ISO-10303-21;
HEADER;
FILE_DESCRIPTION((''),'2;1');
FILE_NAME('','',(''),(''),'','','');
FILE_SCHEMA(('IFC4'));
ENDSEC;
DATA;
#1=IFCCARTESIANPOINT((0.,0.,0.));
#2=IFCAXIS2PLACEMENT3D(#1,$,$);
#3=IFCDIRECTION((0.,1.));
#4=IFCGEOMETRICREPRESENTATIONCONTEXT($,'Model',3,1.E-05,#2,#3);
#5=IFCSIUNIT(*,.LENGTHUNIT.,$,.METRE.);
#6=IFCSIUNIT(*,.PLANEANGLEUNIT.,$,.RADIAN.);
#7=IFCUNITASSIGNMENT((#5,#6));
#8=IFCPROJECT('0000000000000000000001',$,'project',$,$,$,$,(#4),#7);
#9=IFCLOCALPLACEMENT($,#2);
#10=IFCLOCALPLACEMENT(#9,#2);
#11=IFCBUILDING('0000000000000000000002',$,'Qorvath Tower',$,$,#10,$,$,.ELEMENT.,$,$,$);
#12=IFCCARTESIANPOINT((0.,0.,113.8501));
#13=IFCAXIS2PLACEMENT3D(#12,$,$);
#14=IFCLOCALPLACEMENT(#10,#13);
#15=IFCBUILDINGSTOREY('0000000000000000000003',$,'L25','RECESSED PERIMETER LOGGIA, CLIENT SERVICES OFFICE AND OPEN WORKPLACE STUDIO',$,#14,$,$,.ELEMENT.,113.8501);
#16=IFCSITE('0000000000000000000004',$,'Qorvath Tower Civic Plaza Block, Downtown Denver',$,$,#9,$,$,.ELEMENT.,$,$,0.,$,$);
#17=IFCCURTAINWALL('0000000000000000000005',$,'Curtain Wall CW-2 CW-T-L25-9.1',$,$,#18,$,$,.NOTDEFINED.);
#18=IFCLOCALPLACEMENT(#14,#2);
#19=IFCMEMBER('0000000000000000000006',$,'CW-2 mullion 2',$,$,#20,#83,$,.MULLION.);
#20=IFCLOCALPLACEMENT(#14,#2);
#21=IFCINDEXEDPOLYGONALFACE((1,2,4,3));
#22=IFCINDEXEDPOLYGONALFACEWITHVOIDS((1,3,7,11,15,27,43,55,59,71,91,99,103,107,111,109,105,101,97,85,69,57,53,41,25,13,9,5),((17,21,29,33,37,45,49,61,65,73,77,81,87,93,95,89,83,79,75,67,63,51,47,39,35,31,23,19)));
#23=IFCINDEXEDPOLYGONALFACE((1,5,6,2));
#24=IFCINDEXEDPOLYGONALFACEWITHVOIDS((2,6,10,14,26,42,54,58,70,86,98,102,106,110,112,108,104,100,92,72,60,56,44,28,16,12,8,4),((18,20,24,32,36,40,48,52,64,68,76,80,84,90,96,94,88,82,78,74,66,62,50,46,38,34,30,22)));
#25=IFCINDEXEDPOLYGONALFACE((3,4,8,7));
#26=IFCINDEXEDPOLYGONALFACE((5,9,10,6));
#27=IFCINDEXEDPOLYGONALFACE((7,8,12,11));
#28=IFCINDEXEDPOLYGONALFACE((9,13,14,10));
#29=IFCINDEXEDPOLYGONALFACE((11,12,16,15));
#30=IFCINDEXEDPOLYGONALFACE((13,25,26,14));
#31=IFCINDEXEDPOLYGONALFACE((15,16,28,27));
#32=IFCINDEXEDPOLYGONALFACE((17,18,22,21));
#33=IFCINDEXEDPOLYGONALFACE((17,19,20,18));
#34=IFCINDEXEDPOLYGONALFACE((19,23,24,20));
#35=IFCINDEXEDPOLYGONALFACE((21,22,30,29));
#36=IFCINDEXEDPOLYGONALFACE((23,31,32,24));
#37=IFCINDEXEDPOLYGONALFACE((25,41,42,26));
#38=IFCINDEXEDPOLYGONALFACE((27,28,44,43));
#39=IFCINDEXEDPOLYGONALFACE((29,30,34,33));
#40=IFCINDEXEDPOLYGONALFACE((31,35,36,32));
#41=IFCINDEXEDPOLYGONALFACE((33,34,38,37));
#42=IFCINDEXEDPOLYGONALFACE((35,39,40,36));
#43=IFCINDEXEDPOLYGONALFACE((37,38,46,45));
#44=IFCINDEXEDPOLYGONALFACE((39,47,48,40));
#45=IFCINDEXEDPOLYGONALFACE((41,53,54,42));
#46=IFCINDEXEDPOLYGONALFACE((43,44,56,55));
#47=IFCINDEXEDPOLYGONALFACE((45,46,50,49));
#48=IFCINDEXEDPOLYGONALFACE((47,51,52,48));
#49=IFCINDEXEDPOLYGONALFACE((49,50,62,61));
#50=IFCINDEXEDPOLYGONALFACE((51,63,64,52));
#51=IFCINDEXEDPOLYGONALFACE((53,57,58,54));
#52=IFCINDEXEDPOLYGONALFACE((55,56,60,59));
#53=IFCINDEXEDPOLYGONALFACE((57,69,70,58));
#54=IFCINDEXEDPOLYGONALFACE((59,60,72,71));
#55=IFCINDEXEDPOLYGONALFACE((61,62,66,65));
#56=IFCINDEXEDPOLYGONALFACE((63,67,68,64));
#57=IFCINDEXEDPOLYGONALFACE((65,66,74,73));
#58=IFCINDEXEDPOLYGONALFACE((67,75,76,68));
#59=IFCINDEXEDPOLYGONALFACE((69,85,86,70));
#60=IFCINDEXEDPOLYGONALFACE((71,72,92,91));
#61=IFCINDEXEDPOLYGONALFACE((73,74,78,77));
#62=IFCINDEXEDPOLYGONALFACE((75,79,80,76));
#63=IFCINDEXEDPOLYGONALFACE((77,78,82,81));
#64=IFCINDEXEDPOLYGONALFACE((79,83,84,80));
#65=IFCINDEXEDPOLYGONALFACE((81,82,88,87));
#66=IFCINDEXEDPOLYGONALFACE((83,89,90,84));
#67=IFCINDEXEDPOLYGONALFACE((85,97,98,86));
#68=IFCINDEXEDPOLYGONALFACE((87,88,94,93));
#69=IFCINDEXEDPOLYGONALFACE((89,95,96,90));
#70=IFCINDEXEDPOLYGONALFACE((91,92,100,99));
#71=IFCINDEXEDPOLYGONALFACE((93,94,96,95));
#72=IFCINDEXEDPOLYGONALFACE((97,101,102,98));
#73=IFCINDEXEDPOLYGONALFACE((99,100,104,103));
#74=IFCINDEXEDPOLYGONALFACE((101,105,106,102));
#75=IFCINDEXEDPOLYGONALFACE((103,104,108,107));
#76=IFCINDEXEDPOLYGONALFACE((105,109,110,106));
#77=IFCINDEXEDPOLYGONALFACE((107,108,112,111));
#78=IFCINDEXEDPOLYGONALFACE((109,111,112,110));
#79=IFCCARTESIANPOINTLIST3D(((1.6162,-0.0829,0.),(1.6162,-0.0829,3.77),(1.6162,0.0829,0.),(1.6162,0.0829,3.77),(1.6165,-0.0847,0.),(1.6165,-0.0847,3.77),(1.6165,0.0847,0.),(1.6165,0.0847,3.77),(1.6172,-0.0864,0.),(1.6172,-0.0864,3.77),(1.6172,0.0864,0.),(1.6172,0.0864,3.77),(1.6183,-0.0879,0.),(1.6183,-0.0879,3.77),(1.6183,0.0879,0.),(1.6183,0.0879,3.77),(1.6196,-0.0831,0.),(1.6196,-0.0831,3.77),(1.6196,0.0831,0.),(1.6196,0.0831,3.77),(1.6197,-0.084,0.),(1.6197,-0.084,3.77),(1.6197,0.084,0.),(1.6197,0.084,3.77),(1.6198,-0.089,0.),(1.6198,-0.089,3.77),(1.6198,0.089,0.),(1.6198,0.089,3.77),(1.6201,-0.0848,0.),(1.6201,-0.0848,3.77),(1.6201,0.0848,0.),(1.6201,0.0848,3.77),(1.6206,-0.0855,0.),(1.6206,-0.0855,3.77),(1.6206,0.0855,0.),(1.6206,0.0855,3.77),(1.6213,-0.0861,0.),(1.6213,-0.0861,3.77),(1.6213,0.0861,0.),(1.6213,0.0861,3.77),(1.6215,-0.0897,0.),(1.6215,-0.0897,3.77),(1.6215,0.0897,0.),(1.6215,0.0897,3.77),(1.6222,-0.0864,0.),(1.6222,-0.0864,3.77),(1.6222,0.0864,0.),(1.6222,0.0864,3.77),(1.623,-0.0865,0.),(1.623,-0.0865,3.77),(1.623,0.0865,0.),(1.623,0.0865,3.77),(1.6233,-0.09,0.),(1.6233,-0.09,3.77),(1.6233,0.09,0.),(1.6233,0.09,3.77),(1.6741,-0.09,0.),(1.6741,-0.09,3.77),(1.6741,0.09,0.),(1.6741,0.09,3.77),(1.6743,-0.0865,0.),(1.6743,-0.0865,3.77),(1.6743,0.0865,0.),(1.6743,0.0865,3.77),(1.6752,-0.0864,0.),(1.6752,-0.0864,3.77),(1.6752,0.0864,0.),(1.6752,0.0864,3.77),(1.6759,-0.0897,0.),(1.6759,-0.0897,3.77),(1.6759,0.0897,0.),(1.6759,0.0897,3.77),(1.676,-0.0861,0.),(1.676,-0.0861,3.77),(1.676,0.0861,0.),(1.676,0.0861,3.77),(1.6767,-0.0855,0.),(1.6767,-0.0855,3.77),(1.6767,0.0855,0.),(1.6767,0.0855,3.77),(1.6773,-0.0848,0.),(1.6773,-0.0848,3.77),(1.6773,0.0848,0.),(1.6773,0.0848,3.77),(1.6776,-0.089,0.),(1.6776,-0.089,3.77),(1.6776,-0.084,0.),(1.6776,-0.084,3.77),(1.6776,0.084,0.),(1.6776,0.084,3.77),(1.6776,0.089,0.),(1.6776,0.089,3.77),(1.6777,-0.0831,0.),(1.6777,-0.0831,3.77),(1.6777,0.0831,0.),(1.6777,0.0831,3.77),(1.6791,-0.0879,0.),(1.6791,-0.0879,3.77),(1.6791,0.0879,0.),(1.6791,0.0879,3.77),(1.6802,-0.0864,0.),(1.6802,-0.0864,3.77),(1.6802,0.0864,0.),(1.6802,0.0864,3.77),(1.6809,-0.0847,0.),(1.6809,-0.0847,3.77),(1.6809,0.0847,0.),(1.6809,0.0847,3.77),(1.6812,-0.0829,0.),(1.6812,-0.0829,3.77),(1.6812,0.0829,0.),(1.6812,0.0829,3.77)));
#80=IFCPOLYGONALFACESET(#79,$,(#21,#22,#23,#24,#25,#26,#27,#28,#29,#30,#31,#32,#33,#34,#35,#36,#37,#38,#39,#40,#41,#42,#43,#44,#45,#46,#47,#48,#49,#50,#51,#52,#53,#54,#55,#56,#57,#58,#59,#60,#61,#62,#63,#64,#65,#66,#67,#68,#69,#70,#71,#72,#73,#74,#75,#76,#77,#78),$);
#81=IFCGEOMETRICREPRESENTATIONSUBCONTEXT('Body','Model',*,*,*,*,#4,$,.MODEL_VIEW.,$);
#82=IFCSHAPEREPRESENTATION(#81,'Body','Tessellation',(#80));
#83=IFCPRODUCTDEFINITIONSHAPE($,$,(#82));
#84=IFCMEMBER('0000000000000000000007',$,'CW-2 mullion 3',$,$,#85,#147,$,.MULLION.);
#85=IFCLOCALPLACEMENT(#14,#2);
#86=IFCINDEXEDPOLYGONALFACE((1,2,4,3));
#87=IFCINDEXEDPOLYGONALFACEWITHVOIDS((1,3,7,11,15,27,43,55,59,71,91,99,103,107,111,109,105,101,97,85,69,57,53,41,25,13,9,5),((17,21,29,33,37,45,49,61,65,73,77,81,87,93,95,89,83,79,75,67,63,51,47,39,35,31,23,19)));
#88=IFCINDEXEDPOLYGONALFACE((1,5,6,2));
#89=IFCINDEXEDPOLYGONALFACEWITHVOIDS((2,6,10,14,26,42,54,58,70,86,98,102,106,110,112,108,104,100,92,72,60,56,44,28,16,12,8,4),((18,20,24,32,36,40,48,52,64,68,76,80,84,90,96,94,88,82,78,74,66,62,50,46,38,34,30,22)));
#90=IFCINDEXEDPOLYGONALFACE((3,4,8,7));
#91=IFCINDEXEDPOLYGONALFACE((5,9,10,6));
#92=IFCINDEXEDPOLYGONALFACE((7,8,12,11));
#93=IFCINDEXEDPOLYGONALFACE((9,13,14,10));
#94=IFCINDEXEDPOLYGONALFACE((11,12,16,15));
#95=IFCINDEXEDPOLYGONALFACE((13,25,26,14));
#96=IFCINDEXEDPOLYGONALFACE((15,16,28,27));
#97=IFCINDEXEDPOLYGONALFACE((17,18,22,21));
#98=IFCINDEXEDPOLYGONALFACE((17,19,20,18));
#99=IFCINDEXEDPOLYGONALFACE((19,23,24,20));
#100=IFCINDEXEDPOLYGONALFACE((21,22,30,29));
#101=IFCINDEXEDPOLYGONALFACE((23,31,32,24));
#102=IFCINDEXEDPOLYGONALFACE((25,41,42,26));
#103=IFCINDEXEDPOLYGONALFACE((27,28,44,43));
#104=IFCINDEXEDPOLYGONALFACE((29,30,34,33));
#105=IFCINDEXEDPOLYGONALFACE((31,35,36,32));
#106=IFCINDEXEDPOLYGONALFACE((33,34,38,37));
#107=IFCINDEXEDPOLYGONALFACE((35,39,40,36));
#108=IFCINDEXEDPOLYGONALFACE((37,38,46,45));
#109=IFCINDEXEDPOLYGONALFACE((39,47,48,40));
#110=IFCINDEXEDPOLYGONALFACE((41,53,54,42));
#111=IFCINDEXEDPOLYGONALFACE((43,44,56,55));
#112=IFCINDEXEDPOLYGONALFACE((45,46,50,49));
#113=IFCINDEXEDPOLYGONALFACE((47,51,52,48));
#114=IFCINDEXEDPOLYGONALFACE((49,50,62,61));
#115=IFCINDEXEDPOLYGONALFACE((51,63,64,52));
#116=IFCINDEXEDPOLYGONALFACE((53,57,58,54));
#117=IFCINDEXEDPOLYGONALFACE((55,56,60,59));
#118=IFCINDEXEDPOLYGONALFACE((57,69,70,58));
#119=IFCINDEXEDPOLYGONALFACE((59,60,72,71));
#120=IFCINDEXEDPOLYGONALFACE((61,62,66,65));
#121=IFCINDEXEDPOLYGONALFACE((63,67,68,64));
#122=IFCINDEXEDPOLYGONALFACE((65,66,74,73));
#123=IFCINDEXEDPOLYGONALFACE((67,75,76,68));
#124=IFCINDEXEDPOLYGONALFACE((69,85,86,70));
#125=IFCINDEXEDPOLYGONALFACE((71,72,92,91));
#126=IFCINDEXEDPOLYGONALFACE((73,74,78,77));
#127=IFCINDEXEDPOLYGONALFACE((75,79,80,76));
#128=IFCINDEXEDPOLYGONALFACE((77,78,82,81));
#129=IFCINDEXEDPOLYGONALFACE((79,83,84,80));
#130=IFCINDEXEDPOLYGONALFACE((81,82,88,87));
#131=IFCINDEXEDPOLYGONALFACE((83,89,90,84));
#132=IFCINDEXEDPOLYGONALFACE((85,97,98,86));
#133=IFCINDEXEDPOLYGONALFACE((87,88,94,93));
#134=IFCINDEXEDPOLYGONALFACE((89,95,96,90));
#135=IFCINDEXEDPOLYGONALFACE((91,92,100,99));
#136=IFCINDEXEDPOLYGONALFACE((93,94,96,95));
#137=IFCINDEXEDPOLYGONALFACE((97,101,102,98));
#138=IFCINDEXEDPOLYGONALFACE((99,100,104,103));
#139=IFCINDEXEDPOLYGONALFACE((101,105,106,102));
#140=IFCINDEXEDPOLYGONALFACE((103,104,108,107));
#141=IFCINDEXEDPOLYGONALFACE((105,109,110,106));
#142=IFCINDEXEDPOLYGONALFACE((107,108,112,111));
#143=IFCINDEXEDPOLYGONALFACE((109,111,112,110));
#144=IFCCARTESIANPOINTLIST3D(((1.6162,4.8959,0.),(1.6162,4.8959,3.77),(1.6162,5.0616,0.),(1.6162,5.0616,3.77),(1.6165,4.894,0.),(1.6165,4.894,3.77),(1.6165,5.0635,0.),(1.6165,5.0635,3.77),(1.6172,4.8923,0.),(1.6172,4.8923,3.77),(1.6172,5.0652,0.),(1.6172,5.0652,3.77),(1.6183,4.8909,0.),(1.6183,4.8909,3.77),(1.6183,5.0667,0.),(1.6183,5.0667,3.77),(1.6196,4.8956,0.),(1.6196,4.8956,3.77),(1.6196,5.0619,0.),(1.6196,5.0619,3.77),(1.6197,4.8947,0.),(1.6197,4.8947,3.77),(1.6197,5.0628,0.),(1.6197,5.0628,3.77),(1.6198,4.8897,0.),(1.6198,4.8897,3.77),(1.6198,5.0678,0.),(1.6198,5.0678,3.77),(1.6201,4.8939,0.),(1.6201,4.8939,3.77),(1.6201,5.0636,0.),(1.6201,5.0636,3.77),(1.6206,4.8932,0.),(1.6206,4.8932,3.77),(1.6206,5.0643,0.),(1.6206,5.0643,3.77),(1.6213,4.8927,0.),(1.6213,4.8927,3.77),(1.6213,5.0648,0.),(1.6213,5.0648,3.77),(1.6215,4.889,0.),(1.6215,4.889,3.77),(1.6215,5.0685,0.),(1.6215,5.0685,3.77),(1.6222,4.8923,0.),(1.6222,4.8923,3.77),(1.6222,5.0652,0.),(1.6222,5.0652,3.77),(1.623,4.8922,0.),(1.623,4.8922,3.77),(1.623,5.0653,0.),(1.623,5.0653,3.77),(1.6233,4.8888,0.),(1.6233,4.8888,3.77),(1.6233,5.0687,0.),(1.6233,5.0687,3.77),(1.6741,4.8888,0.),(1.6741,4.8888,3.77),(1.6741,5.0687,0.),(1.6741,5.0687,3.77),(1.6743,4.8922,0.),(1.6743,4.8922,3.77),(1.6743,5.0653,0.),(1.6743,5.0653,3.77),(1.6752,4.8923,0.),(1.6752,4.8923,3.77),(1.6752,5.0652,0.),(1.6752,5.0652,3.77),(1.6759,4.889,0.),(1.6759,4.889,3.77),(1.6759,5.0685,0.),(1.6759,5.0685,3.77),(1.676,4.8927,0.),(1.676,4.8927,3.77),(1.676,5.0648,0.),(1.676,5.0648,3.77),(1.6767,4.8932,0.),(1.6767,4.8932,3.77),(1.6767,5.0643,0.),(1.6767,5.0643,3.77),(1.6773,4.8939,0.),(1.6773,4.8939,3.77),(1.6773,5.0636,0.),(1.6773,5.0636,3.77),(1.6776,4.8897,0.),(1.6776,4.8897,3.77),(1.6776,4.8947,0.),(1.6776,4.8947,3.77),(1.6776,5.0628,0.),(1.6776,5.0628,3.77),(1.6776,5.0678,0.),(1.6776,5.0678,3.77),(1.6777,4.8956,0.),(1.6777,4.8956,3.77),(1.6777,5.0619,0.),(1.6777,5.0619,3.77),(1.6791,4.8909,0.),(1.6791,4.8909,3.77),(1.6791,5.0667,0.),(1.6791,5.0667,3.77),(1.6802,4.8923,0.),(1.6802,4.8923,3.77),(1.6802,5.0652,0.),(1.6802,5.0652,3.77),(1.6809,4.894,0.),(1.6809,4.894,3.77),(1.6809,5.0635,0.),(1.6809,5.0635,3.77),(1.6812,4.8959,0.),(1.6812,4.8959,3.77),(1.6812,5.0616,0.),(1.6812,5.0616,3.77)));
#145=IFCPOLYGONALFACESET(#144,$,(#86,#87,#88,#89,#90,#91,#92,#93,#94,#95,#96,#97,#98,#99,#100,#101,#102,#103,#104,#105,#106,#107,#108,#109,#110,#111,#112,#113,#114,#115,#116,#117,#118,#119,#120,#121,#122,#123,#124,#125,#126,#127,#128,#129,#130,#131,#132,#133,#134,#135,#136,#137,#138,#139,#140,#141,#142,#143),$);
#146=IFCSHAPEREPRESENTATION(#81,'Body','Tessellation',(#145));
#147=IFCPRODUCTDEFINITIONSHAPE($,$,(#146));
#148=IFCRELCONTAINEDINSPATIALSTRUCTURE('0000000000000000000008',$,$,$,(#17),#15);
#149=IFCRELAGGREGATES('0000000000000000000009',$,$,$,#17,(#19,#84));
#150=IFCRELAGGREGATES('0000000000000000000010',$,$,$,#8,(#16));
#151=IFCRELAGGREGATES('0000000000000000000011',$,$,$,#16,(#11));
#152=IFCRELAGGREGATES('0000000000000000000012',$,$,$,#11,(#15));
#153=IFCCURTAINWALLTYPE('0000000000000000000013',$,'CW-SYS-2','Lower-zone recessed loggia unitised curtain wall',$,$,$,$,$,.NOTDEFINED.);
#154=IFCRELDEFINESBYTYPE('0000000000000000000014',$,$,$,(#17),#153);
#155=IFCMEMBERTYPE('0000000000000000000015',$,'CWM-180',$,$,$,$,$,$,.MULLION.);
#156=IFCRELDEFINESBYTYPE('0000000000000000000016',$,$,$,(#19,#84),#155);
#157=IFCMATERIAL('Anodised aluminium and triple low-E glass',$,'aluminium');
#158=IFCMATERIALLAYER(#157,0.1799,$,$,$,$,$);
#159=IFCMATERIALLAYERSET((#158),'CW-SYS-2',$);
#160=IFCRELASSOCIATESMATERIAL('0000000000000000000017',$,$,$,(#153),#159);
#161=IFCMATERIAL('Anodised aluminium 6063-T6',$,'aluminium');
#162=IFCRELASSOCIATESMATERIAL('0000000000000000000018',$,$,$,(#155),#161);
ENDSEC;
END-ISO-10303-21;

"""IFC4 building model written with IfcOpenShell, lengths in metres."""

from ifc_helpers import new_model, si_unit, direction, frame, origin, origin_2d, place, context, subcontext, project, spatial, hollow_rectangle, extrude, material, layer, layer_set, material_profile, profile_set, type_object, element, aggregate, save


model = new_model("IFC4")

# Units and contexts
model_context = context("Model", 3, precision=1e-05, world=origin(), true_north=direction((0.0, 1.0)))
body_context = subcontext(model_context, "Body", "Model", "MODEL_VIEW")
ifc_project = project(units=[si_unit("LENGTHUNIT", "METRE"), si_unit("PLANEANGLEUNIT", "RADIAN")], contexts=[model_context])

# Site, building, storey
site_placement = place(None, origin())
site = spatial("IfcSite", under=ifc_project, at=site_placement, Name="Qorvath Tower Civic Plaza Block, Downtown Denver", CompositionType="ELEMENT", RefElevation=0.0)
building_placement = place(site_placement, origin())
building = spatial("IfcBuilding", under=site, at=building_placement, Name="Qorvath Tower", CompositionType="ELEMENT")
storey_placement = place(building_placement, frame((0.0, 0.0, 113.8501)))
storey = spatial("IfcBuildingStorey", under=building, at=storey_placement, Name="L25", Description="RECESSED PERIMETER LOGGIA, CLIENT SERVICES OFFICE AND OPEN WORKPLACE STUDIO", CompositionType="ELEMENT", Elevation=113.8501)

# Curtain wall, members
ifc_material_1 = material(Name="Anodised aluminium and triple low-E glass", Category="aluminium")
ifc_layer_1 = layer(ifc_material_1, 0.1799)
ifc_layer_set_1 = layer_set([ifc_layer_1], Name="CW-SYS-2")
curtain_wall_type = type_object("IfcCurtainWallType", Name="CW-SYS-2", Description="Lower-zone recessed loggia unitised curtain wall", PredefinedType="NOTDEFINED", material=ifc_layer_set_1)
curtain_wall_placement = place(storey_placement, origin())
curtain_wall = element("IfcCurtainWall", 1, at=curtain_wall_placement, inside=storey, type_object=curtain_wall_type, Name="Curtain Wall CW-2 CW-T-L25-9.1", PredefinedType="NOTDEFINED")
ifc_material_2 = material(Name="Anodised aluminium 6063-T6", Category="aluminium")
ifc_material_profile_1 = material_profile(ifc_material_2, hollow_rectangle(XDim=0.0649, YDim=0.1799, WallThickness=0.0034, InnerFilletRadius=0.0034, OuterFilletRadius=0.0071, at=origin_2d()), Name="CWM 180x65")
ifc_profile_set_1 = profile_set([ifc_material_profile_1], Name="Anodised aluminium 6063-T6")
member_type_1 = type_object("IfcMemberType", Name="CWM-180", PredefinedType="MULLION", material=ifc_profile_set_1)
member_1_placement = place(storey_placement, frame((1.6487, 0.0, 0.0), z_axis=(0.0, 0.0, 1.0), x_axis=(-1.0, 0.0, 0.0)))
member_1 = element("IfcMember", 2, at=member_1_placement, type_object=member_type_1, Name="CW-2 mullion 2", PredefinedType="MULLION", context=body_context, shape_type="SweptSolid", body=[
    extrude(hollow_rectangle(XDim=0.0649, YDim=0.1799, WallThickness=0.0034, InnerFilletRadius=0.0034, OuterFilletRadius=0.0071, at=origin_2d()), origin(), (0.0, 0.0, 1.0), 3.77),
])
member_2_placement = place(storey_placement, frame((1.6487, 4.9788, 0.0), z_axis=(0.0, 0.0, 1.0), x_axis=(-1.0, 0.0, 0.0)))
member_2 = element("IfcMember", 3, at=member_2_placement, type_object=member_type_1, Name="CW-2 mullion 3", PredefinedType="MULLION", context=body_context, shape_type="SweptSolid", body=[
    extrude(hollow_rectangle(XDim=0.0649, YDim=0.1799, WallThickness=0.0034, InnerFilletRadius=0.0034, OuterFilletRadius=0.0071, at=origin_2d()), origin(), (0.0, 0.0, 1.0), 3.77),
])
aggregate(curtain_wall, [member_1, member_2])

save(model, "model.ifc")
